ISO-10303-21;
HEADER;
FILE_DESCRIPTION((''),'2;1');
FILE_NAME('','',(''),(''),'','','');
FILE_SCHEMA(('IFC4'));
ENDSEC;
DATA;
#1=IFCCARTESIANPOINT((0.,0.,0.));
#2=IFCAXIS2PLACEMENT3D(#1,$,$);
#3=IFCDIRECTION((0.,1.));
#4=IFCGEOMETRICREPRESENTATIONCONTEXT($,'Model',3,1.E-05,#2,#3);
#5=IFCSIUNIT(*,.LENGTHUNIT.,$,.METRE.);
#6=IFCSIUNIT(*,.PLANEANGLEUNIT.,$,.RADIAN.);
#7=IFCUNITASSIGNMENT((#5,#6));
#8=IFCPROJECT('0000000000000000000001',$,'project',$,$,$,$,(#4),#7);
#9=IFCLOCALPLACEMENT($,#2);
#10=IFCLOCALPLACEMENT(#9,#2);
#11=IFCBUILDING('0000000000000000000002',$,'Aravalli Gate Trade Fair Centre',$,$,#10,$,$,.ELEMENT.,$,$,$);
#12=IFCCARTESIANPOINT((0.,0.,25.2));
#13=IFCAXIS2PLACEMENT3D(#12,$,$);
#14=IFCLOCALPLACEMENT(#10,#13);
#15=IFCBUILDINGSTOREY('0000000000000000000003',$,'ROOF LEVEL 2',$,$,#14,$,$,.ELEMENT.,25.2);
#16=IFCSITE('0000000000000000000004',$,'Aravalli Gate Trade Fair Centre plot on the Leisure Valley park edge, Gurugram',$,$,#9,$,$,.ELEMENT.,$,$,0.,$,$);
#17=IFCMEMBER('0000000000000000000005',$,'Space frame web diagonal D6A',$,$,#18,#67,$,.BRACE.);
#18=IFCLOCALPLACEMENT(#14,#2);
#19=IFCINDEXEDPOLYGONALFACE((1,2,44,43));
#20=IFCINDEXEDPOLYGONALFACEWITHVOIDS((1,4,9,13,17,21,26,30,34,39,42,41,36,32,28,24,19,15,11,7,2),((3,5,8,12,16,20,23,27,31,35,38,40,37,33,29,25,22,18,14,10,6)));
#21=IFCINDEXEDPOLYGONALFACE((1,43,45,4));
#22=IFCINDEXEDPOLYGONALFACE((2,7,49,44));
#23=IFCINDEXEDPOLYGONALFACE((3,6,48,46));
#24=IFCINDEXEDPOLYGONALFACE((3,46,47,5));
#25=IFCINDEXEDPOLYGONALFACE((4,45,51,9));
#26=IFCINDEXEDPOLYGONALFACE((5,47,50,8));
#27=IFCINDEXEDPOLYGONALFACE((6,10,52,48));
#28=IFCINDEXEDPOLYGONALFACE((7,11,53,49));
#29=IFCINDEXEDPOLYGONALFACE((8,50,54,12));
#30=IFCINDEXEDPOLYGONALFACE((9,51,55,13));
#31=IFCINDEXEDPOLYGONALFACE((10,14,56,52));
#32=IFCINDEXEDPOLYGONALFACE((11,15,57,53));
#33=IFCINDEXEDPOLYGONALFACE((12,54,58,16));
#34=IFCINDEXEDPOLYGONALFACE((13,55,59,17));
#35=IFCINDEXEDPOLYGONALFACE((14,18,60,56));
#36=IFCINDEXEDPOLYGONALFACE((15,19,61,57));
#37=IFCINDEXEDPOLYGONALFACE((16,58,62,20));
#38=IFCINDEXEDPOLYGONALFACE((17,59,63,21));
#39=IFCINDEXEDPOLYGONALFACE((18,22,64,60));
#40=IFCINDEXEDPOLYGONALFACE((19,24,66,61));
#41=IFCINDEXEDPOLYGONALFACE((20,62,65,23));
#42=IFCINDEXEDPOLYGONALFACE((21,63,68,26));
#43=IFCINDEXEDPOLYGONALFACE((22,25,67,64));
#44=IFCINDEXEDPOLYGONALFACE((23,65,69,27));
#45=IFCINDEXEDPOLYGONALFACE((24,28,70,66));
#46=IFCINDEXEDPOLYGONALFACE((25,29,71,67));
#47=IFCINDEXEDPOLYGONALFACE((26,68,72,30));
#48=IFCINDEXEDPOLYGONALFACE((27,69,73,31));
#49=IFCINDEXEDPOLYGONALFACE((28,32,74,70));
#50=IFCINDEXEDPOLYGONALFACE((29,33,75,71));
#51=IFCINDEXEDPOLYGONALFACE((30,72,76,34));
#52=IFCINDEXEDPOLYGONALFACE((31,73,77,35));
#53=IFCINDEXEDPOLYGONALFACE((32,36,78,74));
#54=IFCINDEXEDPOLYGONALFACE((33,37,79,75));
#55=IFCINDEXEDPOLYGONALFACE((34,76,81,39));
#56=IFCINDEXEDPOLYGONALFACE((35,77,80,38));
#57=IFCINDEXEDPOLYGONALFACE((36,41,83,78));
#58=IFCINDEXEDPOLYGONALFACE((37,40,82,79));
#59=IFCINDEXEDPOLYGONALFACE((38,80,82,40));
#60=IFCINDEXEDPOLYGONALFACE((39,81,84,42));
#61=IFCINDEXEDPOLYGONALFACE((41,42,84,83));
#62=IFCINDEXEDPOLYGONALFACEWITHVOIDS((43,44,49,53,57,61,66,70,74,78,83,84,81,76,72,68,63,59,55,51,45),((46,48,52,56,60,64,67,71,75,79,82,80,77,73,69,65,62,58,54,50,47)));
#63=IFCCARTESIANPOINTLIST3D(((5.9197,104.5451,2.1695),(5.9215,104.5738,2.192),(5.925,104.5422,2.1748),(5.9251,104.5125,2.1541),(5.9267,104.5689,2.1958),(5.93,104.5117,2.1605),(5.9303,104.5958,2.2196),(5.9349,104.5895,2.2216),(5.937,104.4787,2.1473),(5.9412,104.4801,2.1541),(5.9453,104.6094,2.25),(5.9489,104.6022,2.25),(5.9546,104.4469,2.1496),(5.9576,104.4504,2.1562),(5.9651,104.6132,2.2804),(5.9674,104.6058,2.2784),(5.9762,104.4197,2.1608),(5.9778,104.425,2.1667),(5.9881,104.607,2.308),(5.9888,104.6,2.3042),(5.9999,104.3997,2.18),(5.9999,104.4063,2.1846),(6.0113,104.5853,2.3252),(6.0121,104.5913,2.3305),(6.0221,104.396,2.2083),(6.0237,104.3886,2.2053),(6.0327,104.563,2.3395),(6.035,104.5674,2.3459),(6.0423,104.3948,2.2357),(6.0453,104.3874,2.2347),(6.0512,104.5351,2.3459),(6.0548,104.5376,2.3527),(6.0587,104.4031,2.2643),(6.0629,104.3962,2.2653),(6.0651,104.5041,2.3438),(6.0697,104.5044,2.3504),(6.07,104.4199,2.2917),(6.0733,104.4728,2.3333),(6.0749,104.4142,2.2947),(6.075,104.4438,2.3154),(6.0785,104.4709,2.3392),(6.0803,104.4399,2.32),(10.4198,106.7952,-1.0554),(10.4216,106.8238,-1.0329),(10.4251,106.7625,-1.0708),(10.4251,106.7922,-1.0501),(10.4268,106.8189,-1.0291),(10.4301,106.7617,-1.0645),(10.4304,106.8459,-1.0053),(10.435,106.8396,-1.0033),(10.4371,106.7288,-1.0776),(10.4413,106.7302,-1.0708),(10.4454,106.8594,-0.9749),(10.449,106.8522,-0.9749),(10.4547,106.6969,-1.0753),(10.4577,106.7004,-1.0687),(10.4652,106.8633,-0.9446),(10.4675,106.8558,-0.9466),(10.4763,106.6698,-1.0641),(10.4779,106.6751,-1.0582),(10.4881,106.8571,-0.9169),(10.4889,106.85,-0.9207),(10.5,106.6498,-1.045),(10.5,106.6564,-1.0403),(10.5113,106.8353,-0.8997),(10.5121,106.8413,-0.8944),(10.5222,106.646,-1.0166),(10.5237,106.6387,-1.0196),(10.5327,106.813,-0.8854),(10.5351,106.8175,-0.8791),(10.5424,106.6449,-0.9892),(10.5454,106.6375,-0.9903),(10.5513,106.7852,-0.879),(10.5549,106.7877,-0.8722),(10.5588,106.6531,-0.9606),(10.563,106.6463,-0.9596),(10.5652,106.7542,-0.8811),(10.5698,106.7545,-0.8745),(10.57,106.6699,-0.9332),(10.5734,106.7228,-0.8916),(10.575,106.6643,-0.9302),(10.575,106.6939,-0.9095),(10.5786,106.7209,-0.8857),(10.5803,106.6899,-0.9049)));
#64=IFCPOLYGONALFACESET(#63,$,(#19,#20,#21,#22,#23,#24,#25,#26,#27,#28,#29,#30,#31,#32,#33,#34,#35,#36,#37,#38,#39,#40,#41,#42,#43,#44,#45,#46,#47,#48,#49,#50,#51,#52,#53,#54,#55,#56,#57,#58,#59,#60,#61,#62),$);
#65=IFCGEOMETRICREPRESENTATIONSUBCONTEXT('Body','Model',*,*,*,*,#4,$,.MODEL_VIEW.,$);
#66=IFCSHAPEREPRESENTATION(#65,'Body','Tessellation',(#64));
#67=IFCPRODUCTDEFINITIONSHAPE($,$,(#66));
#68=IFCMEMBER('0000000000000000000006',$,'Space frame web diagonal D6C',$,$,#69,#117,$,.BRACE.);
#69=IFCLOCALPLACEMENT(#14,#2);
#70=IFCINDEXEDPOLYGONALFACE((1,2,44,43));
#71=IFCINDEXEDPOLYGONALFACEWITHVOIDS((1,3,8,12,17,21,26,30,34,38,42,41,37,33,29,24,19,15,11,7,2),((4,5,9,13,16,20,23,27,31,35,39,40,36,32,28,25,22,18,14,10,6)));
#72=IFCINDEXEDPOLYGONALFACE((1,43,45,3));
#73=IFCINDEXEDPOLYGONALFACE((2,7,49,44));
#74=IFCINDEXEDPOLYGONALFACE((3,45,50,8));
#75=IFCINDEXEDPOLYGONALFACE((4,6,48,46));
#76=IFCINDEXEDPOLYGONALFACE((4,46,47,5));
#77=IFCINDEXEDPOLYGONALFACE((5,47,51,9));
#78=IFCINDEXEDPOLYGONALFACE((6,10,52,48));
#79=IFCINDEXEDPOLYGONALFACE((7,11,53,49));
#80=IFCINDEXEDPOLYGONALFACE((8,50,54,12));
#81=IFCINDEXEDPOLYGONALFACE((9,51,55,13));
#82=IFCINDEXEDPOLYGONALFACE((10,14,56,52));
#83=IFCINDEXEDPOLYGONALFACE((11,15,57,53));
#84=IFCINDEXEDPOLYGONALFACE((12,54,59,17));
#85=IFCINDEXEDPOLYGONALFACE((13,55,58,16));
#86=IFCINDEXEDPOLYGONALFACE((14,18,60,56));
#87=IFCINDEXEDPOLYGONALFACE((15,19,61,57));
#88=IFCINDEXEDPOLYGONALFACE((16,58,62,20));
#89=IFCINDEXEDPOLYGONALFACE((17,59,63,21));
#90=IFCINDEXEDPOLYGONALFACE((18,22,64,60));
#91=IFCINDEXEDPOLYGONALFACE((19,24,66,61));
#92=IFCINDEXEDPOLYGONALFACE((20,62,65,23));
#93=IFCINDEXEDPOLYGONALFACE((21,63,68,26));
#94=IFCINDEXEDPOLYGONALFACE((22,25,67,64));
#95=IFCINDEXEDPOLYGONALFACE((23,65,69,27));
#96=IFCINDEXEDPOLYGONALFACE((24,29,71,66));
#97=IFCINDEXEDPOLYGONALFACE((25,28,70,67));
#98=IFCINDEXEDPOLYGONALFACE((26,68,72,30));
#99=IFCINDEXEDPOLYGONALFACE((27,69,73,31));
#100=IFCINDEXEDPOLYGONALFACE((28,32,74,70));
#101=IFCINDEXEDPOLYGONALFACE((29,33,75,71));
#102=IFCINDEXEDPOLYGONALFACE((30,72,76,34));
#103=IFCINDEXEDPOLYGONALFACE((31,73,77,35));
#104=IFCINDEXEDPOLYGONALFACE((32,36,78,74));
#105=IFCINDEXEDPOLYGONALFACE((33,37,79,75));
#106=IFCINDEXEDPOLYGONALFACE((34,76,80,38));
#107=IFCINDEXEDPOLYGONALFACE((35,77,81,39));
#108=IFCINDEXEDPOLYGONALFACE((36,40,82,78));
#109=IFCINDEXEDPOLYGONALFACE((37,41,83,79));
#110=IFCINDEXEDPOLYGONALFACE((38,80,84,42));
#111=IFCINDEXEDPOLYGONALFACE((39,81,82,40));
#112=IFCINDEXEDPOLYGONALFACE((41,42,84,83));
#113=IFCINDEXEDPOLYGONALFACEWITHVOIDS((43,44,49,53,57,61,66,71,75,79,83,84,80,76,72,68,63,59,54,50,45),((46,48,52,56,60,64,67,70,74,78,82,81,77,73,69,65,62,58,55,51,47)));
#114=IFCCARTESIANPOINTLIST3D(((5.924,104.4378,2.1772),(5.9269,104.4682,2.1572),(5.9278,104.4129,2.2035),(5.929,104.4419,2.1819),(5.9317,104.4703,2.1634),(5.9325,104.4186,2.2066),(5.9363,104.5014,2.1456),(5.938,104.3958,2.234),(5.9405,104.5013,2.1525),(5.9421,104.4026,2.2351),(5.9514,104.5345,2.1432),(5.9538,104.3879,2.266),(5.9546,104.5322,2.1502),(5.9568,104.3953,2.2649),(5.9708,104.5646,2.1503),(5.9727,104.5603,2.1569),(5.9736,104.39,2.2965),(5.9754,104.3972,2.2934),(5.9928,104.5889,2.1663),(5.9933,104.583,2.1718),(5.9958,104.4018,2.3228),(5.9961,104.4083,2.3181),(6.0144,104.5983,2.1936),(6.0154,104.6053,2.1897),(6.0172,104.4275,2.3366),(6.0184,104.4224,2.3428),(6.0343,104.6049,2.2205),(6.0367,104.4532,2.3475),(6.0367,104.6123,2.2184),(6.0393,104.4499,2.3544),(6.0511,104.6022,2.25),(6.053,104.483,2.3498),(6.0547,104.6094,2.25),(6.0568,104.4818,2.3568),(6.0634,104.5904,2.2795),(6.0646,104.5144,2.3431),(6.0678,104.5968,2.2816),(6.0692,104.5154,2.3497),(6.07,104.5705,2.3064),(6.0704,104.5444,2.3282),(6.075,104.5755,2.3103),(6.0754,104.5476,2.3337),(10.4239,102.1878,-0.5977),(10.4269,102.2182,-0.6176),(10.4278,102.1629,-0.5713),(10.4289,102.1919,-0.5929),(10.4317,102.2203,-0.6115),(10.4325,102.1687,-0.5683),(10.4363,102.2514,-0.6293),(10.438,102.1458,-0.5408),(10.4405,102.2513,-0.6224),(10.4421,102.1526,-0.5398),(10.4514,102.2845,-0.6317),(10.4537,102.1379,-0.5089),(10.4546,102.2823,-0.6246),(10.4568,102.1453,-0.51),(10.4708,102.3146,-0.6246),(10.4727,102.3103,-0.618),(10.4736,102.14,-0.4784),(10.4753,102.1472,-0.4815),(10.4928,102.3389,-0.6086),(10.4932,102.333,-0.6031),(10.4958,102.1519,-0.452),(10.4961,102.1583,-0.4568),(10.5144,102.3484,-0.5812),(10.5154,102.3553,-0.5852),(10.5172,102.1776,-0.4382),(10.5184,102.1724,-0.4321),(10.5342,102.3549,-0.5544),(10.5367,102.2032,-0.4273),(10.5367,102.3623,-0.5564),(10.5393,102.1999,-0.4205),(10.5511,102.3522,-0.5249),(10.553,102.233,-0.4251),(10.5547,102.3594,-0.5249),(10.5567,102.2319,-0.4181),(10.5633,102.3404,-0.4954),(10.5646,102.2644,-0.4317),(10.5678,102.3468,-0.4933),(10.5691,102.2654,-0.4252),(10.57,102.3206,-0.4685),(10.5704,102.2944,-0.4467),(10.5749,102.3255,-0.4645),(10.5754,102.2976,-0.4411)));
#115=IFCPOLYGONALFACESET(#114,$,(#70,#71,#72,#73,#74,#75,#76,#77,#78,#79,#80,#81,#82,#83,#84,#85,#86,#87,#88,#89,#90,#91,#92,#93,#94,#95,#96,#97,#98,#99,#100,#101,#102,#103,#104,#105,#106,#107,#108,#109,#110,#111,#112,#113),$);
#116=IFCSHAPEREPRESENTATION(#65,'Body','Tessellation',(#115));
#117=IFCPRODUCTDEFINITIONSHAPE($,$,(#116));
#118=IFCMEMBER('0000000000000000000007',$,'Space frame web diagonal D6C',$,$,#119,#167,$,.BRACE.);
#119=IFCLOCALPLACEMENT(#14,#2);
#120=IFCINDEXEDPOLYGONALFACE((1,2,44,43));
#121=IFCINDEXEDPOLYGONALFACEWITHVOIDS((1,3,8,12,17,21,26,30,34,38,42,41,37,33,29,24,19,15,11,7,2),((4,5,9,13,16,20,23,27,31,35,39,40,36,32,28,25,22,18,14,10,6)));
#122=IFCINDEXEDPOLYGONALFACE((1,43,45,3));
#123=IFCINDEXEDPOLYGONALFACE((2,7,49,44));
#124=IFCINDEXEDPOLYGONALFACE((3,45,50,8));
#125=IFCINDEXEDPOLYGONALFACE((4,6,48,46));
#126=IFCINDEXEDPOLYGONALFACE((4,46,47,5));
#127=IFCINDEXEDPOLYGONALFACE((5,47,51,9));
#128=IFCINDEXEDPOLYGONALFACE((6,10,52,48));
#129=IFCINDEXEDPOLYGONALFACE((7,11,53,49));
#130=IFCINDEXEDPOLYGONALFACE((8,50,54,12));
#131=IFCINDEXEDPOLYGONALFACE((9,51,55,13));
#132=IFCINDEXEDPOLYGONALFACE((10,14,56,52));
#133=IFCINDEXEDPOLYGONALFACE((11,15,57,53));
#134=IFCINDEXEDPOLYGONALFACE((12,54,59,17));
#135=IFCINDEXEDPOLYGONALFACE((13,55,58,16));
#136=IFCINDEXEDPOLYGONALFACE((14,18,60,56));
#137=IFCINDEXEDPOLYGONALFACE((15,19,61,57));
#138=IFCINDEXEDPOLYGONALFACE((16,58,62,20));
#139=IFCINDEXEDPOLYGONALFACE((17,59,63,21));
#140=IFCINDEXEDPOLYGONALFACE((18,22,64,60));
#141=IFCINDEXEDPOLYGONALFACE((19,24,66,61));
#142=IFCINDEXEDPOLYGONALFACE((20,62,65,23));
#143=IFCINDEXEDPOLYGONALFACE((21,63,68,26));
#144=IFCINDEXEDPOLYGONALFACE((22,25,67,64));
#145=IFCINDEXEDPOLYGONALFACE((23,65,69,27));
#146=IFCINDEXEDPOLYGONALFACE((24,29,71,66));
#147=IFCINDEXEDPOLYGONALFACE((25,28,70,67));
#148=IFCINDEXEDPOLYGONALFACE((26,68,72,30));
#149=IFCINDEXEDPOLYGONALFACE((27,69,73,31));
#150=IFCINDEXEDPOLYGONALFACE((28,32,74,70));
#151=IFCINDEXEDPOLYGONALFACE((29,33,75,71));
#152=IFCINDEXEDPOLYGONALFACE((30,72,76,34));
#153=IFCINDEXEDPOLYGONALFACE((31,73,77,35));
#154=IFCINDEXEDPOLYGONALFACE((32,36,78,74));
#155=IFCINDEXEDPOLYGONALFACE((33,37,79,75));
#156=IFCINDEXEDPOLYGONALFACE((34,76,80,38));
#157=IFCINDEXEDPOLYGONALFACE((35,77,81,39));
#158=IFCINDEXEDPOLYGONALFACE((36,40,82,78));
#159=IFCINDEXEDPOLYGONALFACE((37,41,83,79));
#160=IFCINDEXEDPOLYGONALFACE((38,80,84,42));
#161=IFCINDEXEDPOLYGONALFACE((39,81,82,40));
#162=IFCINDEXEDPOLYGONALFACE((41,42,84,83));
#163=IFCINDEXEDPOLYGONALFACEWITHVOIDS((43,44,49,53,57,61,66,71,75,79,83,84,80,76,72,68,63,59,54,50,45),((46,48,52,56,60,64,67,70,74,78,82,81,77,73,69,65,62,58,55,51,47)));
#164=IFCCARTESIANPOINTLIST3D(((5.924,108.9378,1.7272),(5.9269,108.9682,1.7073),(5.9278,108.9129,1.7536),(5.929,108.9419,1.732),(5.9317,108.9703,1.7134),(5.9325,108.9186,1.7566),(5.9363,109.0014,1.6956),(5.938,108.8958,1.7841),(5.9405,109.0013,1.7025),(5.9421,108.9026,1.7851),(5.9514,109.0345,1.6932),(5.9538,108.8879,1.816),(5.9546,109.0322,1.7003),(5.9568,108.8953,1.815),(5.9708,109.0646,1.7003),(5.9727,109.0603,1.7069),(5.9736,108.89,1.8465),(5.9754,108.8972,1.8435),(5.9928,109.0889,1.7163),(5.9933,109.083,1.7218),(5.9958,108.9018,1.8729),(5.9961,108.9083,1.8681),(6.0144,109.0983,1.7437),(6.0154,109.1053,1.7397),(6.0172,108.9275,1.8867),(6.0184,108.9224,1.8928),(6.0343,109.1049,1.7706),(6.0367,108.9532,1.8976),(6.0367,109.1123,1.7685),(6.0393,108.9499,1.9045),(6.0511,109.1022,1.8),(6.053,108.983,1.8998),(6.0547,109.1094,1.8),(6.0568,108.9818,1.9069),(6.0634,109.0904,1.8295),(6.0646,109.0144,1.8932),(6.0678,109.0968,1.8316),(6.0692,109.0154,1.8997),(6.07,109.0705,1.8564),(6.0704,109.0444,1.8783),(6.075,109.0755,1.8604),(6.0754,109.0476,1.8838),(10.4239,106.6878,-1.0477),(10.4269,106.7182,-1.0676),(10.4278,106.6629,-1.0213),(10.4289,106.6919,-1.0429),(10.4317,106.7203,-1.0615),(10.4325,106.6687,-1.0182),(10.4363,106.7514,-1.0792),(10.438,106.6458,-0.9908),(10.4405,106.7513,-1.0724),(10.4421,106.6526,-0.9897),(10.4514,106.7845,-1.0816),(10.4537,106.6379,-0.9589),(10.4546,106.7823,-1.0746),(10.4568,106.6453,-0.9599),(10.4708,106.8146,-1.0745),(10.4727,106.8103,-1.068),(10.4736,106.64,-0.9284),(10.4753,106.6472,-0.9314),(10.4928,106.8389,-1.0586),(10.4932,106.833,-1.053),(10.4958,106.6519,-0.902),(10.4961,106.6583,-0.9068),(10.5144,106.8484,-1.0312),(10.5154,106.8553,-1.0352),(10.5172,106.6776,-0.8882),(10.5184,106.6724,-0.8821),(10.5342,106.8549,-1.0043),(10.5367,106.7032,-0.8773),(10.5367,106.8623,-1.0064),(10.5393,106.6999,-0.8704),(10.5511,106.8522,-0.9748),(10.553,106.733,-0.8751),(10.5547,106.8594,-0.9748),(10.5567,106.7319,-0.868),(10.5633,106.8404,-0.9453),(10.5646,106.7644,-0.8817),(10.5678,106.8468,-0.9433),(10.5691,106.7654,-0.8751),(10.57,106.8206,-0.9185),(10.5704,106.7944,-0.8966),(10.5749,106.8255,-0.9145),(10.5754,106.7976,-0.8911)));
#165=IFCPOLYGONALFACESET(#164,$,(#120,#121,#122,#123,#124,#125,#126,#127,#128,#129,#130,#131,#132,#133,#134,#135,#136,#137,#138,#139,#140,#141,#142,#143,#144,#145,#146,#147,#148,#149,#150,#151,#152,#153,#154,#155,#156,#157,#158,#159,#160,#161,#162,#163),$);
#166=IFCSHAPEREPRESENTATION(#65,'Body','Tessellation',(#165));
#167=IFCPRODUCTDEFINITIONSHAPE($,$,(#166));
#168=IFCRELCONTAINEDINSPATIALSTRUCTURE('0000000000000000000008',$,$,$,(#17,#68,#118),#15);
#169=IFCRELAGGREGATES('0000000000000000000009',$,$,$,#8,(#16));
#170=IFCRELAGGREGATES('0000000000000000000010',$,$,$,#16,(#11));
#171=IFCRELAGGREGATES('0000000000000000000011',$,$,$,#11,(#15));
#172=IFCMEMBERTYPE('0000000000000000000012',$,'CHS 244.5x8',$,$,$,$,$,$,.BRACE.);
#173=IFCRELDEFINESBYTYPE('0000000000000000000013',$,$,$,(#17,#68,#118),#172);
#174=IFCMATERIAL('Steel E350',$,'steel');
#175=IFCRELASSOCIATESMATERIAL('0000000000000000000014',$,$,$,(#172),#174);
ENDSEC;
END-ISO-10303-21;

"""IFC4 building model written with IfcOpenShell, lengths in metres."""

from ifc_helpers import new_model, si_unit, direction, frame, origin, origin_2d, place, context, subcontext, project, spatial, hollow_circle, extrude, material, material_profile, profile_set, type_object, element, save


model = new_model("IFC4")

# Units and contexts
model_context = context("Model", 3, precision=1e-05, world=origin(), true_north=direction((0.0, 1.0)))
body_context = subcontext(model_context, "Body", "Model", "MODEL_VIEW")
ifc_project = project(units=[si_unit("LENGTHUNIT", "METRE"), si_unit("PLANEANGLEUNIT", "RADIAN")], contexts=[model_context])

# Site, building, storey
site_placement = place(None, origin())
site = spatial("IfcSite", under=ifc_project, at=site_placement, Name="Aravalli Gate Trade Fair Centre plot on the Leisure Valley park edge, Gurugram", CompositionType="ELEMENT", RefElevation=0.0)
building_placement = place(site_placement, origin())
building = spatial("IfcBuilding", under=site, at=building_placement, Name="Aravalli Gate Trade Fair Centre", CompositionType="ELEMENT")
storey_placement = place(building_placement, frame((0.0, 0.0, 25.2)))
storey = spatial("IfcBuildingStorey", under=building, at=storey_placement, Name="ROOF LEVEL 2", CompositionType="ELEMENT", Elevation=25.2)

# Members
ifc_material_1 = material(Name="Steel E350", Category="steel")
ifc_material_profile_1 = material_profile(ifc_material_1, hollow_circle(Radius=0.1223, WallThickness=0.0081, at=origin_2d()), Name="CHS 244.5x8")
ifc_profile_set_1 = profile_set([ifc_material_profile_1], Name="Steel E350")
member_type_1 = type_object("IfcMemberType", Name="CHS 244.5x8", PredefinedType="BRACE", material=ifc_profile_set_1)
member_1_placement = place(storey_placement, frame((6.0, 104.5, 2.25), z_axis=(0.753016, 0.376508, -0.539637), x_axis=(-0.447214, 0.894427, 0.0)))
element("IfcMember", 1, at=member_1_placement, inside=storey, type_object=member_type_1, Name="Space frame web diagonal D6A", PredefinedType="BRACE", context=body_context, shape_type="SweptSolid", body=[
    extrude(hollow_circle(Radius=0.1223, WallThickness=0.0081, at=origin_2d()), origin(), (0.0, 0.0, 1.0), 5.9761),
])
for number, where, z_axis, x_axis, name in (
    (2, (6.0, 104.5, 2.25), (0.7832, -0.3916, -0.482956), (0.447214, 0.894427, 0.0), "Space frame web diagonal D6C"),
    (3, (6.0, 109.0, 1.8), (0.7832, -0.3916, -0.482956), (0.447214, 0.894427, 0.0), "Space frame web diagonal D6C"),
):
    element("IfcMember", number, at=place(storey_placement, frame(where, z_axis=z_axis, x_axis=x_axis)), inside=storey, type_object=member_type_1, Name=name, PredefinedType="BRACE", context=body_context, shape_type="SweptSolid", body=[
        extrude(hollow_circle(Radius=0.1223, WallThickness=0.0081, at=origin_2d()), origin(), (0.0, 0.0, 1.0), 5.7456),
    ])

save(model, "model.ifc")
